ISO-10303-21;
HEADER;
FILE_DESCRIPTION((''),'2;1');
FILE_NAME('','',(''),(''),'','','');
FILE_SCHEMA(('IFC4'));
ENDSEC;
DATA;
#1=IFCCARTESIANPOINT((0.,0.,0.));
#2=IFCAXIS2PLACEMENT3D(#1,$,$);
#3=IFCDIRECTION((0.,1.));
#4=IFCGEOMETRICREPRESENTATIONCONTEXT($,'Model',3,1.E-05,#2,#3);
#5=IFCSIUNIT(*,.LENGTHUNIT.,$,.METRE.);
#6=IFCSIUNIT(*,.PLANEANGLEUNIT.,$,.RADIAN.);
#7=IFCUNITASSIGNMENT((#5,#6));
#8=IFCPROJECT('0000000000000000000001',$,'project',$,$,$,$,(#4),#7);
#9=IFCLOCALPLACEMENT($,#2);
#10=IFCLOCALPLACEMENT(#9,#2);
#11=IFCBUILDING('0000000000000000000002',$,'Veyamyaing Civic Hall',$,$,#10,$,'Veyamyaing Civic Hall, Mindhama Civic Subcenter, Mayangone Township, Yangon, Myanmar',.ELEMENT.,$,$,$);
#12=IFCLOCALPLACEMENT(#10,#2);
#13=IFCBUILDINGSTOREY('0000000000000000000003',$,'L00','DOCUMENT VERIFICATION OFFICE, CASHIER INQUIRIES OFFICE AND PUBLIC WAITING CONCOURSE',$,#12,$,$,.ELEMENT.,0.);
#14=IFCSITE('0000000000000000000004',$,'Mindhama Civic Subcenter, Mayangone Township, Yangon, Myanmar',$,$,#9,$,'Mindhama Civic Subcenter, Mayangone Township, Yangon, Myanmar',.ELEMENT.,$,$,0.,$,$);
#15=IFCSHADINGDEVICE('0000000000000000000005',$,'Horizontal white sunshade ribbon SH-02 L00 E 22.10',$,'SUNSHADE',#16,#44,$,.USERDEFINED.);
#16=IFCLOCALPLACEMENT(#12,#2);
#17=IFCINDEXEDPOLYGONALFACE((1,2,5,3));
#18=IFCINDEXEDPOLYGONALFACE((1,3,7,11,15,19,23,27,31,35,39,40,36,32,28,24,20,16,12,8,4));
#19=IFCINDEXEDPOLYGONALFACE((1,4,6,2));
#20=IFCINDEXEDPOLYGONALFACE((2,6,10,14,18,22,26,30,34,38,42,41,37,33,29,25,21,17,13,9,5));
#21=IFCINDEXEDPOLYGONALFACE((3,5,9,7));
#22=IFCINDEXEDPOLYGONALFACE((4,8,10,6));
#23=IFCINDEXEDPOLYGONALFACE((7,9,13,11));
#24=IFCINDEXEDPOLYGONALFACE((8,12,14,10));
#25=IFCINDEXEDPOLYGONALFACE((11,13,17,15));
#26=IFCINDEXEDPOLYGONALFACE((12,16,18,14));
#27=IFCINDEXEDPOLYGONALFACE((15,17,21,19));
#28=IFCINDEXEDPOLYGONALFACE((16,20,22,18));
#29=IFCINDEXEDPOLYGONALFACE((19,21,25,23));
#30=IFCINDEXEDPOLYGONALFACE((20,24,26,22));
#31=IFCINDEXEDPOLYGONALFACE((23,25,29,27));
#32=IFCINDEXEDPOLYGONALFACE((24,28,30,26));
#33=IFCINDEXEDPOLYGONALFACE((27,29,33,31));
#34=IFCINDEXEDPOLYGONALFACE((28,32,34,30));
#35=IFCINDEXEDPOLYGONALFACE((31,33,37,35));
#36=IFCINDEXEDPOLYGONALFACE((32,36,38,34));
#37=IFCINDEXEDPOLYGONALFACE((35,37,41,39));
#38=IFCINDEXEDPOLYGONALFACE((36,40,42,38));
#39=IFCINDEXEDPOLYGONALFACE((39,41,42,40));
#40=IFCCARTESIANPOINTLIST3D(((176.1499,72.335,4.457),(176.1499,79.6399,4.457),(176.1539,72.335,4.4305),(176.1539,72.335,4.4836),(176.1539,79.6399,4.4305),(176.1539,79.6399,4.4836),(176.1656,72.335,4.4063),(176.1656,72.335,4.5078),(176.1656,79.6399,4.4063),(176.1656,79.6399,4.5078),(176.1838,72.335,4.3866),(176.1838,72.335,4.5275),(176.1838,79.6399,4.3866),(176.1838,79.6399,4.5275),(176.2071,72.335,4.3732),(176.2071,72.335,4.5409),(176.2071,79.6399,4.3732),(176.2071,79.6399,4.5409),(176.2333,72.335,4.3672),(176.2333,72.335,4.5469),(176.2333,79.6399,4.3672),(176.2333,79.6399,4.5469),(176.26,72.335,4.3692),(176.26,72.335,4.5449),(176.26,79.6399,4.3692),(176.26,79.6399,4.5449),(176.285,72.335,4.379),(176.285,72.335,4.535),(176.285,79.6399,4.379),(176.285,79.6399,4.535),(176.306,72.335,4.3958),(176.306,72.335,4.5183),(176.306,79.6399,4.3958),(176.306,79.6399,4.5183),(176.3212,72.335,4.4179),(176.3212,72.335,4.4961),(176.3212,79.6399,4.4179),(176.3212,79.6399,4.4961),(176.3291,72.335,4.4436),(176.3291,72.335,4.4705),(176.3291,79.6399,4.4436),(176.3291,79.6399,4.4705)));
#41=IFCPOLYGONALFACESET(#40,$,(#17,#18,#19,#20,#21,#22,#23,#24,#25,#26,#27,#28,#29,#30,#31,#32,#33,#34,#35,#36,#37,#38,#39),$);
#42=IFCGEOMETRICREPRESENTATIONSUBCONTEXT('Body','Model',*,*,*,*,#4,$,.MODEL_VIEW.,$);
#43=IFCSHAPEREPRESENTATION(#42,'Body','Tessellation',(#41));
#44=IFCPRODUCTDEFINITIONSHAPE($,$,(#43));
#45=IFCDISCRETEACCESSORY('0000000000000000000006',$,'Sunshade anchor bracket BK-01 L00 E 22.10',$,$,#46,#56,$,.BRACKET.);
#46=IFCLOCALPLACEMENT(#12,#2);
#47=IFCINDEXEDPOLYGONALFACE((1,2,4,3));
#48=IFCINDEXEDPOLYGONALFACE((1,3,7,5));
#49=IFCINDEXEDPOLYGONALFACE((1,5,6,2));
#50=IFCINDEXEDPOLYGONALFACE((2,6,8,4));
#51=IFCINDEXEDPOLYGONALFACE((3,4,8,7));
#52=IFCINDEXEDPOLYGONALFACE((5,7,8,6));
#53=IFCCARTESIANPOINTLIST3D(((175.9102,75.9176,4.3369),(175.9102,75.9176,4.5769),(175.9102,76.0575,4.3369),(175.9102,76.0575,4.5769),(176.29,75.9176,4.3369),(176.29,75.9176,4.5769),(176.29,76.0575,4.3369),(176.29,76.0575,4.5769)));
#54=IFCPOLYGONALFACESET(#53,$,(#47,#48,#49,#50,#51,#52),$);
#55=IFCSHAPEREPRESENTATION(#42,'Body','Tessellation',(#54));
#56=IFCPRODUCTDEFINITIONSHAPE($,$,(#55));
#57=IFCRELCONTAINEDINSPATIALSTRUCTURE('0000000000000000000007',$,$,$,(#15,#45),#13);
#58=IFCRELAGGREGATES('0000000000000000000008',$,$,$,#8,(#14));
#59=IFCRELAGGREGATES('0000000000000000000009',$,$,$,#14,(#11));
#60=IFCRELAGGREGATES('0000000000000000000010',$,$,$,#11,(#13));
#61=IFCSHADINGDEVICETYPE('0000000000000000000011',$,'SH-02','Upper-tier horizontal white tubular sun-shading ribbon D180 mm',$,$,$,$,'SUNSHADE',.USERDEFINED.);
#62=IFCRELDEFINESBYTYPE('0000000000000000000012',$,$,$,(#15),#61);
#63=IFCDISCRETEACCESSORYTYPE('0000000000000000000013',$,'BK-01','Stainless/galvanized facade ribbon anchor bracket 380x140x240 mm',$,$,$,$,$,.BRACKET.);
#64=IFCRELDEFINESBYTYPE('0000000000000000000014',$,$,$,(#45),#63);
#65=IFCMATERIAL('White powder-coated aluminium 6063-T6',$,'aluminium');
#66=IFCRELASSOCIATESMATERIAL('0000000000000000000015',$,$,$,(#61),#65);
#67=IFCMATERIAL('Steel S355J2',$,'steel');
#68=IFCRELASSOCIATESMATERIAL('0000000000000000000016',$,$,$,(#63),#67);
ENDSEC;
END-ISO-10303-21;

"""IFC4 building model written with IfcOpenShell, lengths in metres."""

from ifc_helpers import new_model, si_unit, direction, frame, origin, origin_2d, place, context, subcontext, project, spatial, rectangle, circle, extrude, material, material_profile, profile_set, type_object, element, save


model = new_model("IFC4")

# Units and contexts
model_context = context("Model", 3, precision=1e-05, world=origin(), true_north=direction((0.0, 1.0)))
body_context = subcontext(model_context, "Body", "Model", "MODEL_VIEW")
ifc_project = project(units=[si_unit("LENGTHUNIT", "METRE"), si_unit("PLANEANGLEUNIT", "RADIAN")], contexts=[model_context])

# Site, building, storey
site_placement = place(None, origin())
site = spatial("IfcSite", under=ifc_project, at=site_placement, Name="Mindhama Civic Subcenter, Mayangone Township, Yangon, Myanmar", LongName="Mindhama Civic Subcenter, Mayangone Township, Yangon, Myanmar", CompositionType="ELEMENT", RefElevation=0.0)
building_placement = place(site_placement, origin())
building = spatial("IfcBuilding", under=site, at=building_placement, Name="Veyamyaing Civic Hall", LongName="Veyamyaing Civic Hall, Mindhama Civic Subcenter, Mayangone Township, Yangon, Myanmar", CompositionType="ELEMENT")
storey_placement = place(building_placement, origin())
storey = spatial("IfcBuildingStorey", under=building, at=storey_placement, Name="L00", Description="DOCUMENT VERIFICATION OFFICE, CASHIER INQUIRIES OFFICE AND PUBLIC WAITING CONCOURSE", CompositionType="ELEMENT", Elevation=0.0)

# Shared definitions
ifc_material_1 = material(Name="White powder-coated aluminium 6063-T6", Category="aluminium")

# Shading device
ifc_material_profile_1 = material_profile(ifc_material_1, circle(Radius=0.0901, at=origin_2d()), Name="SHADE-TUBE-180")
ifc_profile_set_1 = profile_set([ifc_material_profile_1], Name="White powder-coated aluminium 6063-T6")
shading_device_type = type_object("IfcShadingDeviceType", Name="SH-02", Description="Upper-tier horizontal white tubular sun-shading ribbon D180 mm", ElementType="SUNSHADE", PredefinedType="USERDEFINED", material=ifc_profile_set_1)
shading_device_placement = place(storey_placement, frame((176.24, 72.335, 4.457), z_axis=(0.0, 1.0, 0.0), x_axis=(-1.0, 0.0, 0.0)))
element("IfcShadingDevice", 1, at=shading_device_placement, inside=storey, type_object=shading_device_type, Name="Horizontal white sunshade ribbon SH-02 L00 E 22.10", ObjectType="SUNSHADE", PredefinedType="USERDEFINED", context=body_context, shape_type="SweptSolid", body=[
    extrude(circle(Radius=0.0901, at=origin_2d()), origin(), (0.0, 0.0, 1.0), 7.3049),
])

# Discrete accessory
ifc_material_2 = material(Name="Steel S355J2", Category="steel")
discrete_accessory_type = type_object("IfcDiscreteAccessoryType", Name="BK-01", Description="Stainless/galvanized facade ribbon anchor bracket 380x140x240 mm", PredefinedType="BRACKET", material=ifc_material_2)
discrete_accessory_placement = place(storey_placement, frame((176.1001, 75.9875, 4.3369), z_axis=(0.0, 0.0, 1.0), x_axis=(1.0, 0.0, 0.0)))
element("IfcDiscreteAccessory", 2, at=discrete_accessory_placement, inside=storey, type_object=discrete_accessory_type, Name="Sunshade anchor bracket BK-01 L00 E 22.10", PredefinedType="BRACKET", context=body_context, shape_type="SweptSolid", body=[
    extrude(rectangle(XDim=0.3799, YDim=0.1399, at=origin_2d()), origin(), (0.0, 0.0, 1.0), 0.24),
])

save(model, "model.ifc")
